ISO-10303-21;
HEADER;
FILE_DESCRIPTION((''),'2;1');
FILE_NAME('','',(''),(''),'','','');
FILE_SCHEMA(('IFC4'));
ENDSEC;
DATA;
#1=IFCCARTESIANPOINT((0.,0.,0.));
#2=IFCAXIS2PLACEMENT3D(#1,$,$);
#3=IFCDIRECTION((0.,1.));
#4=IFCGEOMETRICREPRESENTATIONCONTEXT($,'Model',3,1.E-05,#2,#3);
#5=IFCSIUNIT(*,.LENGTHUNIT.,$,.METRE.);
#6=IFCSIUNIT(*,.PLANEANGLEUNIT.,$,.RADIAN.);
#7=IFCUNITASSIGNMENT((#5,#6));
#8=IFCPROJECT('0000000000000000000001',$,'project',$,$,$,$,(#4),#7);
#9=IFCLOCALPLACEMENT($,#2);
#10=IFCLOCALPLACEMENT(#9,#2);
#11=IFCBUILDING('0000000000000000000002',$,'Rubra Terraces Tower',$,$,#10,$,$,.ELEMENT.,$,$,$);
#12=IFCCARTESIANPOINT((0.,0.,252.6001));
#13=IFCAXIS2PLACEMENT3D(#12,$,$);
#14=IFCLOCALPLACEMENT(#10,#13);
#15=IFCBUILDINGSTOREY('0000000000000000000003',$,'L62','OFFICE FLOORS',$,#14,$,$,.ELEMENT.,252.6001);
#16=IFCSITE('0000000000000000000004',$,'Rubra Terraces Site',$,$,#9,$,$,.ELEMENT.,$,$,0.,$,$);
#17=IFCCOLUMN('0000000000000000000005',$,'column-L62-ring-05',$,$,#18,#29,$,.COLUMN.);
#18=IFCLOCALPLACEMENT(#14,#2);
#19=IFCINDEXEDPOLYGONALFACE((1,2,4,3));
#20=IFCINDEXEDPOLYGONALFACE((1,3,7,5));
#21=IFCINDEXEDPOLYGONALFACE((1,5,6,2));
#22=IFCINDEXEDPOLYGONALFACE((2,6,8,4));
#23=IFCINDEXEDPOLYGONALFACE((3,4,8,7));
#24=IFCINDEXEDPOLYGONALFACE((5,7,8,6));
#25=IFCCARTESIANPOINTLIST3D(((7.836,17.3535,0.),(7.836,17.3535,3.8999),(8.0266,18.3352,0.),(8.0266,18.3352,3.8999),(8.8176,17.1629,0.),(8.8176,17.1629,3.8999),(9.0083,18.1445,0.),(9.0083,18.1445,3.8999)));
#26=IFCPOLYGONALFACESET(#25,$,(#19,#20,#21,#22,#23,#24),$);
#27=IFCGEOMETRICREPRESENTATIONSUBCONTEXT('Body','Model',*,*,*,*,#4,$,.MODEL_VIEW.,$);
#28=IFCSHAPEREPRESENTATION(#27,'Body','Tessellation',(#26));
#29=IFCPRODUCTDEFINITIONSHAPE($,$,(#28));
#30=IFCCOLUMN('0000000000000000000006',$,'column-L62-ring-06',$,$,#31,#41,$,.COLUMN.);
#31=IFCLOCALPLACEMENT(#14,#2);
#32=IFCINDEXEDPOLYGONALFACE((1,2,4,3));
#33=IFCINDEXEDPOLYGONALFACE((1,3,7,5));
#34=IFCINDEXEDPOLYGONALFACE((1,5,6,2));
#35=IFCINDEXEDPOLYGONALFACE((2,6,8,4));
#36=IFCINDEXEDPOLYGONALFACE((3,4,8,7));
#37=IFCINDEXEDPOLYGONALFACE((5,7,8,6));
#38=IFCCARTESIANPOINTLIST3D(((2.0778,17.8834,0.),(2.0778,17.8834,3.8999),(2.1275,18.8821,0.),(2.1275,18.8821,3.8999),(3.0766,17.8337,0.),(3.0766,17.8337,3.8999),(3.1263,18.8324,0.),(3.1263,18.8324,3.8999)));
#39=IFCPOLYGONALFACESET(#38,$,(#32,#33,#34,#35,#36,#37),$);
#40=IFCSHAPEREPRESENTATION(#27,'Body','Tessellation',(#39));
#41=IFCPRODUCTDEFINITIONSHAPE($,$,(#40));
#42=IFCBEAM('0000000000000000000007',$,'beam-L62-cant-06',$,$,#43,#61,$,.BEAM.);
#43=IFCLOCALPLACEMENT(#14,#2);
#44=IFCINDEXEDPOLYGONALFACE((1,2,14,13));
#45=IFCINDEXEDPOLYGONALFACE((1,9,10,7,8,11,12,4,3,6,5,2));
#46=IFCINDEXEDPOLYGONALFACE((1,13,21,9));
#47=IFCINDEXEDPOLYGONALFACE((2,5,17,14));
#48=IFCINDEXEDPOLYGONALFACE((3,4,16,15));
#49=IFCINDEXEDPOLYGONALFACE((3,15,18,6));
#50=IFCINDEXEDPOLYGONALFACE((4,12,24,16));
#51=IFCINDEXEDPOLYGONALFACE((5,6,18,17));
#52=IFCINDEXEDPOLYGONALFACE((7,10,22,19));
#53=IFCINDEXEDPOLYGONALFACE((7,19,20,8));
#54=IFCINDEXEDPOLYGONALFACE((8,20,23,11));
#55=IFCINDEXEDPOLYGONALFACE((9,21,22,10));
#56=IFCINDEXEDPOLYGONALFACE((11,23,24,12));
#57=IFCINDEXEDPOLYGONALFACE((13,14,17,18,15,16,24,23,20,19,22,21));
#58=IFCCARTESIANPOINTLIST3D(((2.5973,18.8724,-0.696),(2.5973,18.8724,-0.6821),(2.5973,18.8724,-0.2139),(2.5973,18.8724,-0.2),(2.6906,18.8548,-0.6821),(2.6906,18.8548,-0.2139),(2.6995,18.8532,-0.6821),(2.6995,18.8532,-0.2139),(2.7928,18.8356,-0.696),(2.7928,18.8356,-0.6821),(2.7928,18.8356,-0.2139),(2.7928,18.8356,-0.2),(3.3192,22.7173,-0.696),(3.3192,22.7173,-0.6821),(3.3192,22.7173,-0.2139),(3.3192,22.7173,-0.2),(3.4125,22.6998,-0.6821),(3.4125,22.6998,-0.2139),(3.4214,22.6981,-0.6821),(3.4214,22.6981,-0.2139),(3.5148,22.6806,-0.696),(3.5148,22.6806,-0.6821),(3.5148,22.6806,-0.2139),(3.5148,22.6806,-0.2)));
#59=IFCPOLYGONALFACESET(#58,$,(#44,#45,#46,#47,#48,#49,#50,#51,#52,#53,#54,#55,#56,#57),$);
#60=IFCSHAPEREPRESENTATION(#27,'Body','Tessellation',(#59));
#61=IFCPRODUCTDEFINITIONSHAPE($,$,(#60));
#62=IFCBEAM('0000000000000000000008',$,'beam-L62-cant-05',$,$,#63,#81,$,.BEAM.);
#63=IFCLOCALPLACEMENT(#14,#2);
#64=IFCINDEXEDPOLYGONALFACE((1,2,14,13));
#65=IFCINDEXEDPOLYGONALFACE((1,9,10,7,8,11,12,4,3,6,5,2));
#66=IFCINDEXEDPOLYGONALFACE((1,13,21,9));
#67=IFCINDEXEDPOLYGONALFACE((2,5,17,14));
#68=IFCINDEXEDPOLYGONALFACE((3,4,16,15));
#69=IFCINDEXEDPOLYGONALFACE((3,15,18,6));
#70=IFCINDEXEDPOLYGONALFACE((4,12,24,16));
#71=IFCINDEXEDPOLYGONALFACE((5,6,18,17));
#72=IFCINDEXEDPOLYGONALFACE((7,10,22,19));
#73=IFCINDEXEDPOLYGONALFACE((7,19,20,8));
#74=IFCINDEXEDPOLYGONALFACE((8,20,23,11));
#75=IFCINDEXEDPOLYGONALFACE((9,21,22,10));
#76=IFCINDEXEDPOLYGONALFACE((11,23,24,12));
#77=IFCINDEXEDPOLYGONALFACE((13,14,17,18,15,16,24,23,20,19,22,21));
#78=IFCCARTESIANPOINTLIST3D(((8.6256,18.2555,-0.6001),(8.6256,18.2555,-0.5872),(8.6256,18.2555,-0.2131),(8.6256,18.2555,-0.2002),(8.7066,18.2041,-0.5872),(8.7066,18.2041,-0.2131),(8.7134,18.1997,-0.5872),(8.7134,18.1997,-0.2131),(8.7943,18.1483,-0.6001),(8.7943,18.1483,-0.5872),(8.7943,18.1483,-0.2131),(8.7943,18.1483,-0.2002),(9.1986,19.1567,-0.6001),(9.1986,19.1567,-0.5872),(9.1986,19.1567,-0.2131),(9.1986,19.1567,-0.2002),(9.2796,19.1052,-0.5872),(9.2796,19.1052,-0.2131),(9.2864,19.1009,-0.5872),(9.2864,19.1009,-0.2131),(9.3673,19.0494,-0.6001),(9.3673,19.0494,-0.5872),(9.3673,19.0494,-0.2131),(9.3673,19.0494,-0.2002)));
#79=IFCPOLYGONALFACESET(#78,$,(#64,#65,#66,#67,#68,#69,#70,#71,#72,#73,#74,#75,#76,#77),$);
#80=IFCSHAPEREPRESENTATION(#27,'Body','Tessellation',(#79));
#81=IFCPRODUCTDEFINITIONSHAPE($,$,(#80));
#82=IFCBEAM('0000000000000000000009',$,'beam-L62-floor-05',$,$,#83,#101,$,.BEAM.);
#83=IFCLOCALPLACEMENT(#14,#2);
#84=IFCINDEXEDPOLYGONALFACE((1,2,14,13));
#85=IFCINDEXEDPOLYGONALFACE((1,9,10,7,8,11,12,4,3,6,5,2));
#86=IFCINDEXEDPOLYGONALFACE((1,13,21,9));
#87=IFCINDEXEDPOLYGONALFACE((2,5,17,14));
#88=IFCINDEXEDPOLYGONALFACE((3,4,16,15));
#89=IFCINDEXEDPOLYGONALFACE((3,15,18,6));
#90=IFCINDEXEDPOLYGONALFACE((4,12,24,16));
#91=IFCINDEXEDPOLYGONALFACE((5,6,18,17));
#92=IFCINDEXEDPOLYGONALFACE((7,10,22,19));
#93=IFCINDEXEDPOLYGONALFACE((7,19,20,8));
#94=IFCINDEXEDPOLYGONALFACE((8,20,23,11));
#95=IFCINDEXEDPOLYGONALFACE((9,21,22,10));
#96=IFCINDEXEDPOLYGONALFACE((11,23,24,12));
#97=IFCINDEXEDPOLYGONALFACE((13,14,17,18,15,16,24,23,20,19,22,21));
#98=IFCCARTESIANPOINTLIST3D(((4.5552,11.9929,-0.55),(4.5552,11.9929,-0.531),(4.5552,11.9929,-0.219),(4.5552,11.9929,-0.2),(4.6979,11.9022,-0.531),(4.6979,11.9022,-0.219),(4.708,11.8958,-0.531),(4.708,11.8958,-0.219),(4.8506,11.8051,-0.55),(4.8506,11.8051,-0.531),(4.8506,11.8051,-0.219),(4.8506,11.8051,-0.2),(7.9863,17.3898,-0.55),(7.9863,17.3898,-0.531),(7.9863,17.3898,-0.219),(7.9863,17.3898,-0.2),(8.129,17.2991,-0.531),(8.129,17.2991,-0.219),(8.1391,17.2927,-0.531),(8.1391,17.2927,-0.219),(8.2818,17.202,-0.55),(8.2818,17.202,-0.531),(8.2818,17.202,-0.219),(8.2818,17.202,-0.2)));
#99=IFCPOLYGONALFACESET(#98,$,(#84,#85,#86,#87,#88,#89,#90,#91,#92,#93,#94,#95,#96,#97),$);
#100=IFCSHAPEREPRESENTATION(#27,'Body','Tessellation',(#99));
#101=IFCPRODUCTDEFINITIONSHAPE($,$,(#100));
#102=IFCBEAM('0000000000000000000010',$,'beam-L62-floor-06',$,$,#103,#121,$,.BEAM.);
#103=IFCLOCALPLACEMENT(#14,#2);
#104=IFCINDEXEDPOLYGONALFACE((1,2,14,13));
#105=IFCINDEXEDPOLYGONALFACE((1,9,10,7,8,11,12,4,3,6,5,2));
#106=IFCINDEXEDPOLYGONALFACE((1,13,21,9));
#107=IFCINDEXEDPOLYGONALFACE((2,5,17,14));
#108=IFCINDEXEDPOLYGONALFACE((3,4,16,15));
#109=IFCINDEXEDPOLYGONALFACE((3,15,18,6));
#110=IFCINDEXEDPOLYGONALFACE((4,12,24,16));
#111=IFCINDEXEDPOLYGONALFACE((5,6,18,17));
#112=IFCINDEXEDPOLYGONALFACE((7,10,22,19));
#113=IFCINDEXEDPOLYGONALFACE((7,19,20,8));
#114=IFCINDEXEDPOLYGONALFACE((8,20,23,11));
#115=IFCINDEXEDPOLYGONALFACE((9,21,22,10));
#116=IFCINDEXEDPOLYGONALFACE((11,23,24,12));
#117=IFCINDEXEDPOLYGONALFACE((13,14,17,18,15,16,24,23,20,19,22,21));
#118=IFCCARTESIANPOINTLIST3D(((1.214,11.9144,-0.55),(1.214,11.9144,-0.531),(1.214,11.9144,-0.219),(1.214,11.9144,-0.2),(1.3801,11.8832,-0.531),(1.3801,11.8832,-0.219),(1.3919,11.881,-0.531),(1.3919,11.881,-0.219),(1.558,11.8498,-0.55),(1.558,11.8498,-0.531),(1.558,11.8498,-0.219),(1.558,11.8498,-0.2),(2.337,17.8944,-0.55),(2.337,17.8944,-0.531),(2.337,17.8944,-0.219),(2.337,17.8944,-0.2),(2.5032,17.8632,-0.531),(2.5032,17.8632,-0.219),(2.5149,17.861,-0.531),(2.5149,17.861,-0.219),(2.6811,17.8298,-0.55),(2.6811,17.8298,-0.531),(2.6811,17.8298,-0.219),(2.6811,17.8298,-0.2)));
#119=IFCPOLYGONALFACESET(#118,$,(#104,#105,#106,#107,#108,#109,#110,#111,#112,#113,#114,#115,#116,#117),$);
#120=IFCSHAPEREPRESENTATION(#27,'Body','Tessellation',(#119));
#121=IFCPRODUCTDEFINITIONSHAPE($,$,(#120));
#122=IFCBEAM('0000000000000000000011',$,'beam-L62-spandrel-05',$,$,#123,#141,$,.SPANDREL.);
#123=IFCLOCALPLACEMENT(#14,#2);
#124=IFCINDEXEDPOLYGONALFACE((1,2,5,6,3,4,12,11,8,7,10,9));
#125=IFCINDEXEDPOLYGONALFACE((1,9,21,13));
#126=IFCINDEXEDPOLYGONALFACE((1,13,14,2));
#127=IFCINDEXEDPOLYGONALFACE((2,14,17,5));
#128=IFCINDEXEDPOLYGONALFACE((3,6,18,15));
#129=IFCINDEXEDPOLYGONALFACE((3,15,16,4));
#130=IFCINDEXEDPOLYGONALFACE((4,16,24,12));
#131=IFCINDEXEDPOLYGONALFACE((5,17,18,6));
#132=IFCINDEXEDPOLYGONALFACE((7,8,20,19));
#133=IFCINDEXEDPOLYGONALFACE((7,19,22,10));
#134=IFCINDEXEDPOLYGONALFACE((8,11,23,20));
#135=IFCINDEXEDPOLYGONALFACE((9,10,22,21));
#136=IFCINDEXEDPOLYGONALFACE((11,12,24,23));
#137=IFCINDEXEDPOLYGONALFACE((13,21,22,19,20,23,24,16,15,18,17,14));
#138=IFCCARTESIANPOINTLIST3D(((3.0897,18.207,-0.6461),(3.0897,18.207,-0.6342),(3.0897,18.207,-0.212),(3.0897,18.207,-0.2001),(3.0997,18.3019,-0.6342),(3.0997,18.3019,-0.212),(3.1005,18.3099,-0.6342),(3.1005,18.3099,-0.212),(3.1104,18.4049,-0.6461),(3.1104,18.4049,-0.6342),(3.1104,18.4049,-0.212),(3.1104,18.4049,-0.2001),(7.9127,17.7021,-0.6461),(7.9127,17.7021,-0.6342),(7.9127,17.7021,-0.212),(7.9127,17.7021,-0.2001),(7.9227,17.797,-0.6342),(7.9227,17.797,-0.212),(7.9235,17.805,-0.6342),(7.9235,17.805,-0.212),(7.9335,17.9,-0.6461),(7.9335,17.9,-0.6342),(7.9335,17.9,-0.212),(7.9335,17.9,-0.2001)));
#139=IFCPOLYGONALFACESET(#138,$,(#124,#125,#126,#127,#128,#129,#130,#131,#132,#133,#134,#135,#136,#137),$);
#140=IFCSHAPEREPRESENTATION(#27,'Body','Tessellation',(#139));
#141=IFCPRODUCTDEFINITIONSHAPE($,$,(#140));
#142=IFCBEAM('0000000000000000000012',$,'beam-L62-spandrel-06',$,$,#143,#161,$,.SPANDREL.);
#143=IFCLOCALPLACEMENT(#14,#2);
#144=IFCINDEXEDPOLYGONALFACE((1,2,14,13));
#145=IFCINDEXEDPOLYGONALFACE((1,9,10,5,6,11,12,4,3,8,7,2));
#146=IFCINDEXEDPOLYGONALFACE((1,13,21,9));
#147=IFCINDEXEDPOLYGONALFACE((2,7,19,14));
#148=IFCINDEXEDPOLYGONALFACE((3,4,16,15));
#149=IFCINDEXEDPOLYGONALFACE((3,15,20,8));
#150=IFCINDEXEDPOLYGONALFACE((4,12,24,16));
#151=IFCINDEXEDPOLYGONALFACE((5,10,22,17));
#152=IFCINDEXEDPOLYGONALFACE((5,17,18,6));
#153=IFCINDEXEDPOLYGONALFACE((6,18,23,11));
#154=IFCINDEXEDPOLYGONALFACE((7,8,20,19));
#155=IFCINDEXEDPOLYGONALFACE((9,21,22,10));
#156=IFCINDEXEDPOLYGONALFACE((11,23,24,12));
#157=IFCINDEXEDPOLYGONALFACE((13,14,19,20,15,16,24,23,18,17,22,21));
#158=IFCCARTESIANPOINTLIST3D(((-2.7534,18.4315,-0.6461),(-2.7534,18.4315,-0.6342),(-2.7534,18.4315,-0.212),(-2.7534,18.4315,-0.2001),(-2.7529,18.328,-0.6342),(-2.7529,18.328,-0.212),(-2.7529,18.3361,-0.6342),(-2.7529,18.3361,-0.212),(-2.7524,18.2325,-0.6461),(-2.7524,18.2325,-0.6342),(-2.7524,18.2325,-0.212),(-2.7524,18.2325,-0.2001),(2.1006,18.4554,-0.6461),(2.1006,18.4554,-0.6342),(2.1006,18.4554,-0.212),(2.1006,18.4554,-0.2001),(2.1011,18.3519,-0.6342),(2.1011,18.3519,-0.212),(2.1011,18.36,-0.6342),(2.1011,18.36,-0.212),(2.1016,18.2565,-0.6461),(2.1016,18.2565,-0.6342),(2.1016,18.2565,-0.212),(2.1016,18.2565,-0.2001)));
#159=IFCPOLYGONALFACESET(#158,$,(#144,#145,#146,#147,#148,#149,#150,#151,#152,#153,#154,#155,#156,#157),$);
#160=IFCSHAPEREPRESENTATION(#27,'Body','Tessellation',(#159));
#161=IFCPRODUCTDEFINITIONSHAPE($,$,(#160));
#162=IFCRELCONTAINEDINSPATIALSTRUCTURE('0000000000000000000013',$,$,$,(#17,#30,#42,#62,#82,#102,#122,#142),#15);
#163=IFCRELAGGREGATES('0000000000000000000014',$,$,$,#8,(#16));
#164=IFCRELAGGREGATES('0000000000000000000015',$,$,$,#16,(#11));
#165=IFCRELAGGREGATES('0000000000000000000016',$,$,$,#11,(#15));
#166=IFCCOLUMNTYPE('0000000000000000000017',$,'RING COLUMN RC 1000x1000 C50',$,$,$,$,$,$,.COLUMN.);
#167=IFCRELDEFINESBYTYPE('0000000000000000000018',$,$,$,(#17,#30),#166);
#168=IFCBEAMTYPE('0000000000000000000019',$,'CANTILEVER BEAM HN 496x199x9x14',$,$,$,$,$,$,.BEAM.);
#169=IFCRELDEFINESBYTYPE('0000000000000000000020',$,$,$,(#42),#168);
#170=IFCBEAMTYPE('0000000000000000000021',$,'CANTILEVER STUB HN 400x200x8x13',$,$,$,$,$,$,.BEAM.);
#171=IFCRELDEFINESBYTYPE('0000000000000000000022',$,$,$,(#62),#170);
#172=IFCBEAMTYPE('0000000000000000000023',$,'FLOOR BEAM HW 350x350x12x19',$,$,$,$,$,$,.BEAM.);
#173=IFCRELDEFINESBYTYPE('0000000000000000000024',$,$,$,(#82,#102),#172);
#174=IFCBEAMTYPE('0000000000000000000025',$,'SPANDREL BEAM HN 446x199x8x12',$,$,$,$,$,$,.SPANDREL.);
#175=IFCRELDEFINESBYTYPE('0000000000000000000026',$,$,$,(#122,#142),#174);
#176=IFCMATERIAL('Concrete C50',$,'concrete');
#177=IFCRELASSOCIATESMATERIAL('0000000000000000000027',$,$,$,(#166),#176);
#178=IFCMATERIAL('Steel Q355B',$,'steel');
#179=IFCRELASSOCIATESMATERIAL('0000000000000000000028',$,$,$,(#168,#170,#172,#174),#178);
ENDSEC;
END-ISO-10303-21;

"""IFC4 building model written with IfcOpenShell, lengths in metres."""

from ifc_helpers import new_model, si_unit, direction, frame, origin, origin_2d, place, context, subcontext, project, spatial, rectangle, i_section, extrude, material, material_profile, profile_set, type_object, element, save


model = new_model("IFC4")

# Units and contexts
model_context = context("Model", 3, precision=1e-05, world=origin(), true_north=direction((0.0, 1.0)))
body_context = subcontext(model_context, "Body", "Model", "MODEL_VIEW")
ifc_project = project(units=[si_unit("LENGTHUNIT", "METRE"), si_unit("PLANEANGLEUNIT", "RADIAN")], contexts=[model_context])

# Site, building, storey
site_placement = place(None, origin())
site = spatial("IfcSite", under=ifc_project, at=site_placement, Name="Rubra Terraces Site", CompositionType="ELEMENT", RefElevation=0.0)
building_placement = place(site_placement, origin())
building = spatial("IfcBuilding", under=site, at=building_placement, Name="Rubra Terraces Tower", CompositionType="ELEMENT")
storey_placement = place(building_placement, frame((0.0, 0.0, 252.6001)))
storey = spatial("IfcBuildingStorey", under=building, at=storey_placement, Name="L62", Description="OFFICE FLOORS", CompositionType="ELEMENT", Elevation=252.6001)

# Columns
ifc_material_1 = material(Name="Concrete C50", Category="concrete")
ifc_material_profile_1 = material_profile(ifc_material_1, rectangle(XDim=1.0, YDim=1.0, at=origin_2d()), Name="RC 1000x1000")
ifc_profile_set_1 = profile_set([ifc_material_profile_1], Name="Concrete C50")
column_type = type_object("IfcColumnType", Name="RING COLUMN RC 1000x1000 C50", PredefinedType="COLUMN", material=ifc_profile_set_1)
for number, where, z_axis, x_axis, name in (
    (1, (8.4221, 17.749, 0.0), (0.0, 0.0, 1.0), (-0.981655, 0.190668, 0.0), "column-L62-ring-05"),
    (2, (2.6021, 18.3579, 0.0), (0.0, 0.0, 1.0), (-0.998764, 0.049699, 0.0), "column-L62-ring-06"),
):
    element("IfcColumn", number, at=place(storey_placement, frame(where, z_axis=z_axis, x_axis=x_axis)), inside=storey, type_object=column_type, Name=name, PredefinedType="COLUMN", context=body_context, shape_type="SweptSolid", body=[
        extrude(rectangle(XDim=1.0, YDim=1.0, at=origin_2d()), origin(), (0.0, 0.0, 1.0), 3.8999),
    ])

# Beams
ifc_material_2 = material(Name="Steel Q355B", Category="steel")
ifc_material_profile_2 = material_profile(ifc_material_2, i_section(OverallWidth=0.199, OverallDepth=0.4961, WebThickness=0.009, FlangeThickness=0.0139, at=origin_2d()), Name="HN 496x199x9x14")
ifc_profile_set_2 = profile_set([ifc_material_profile_2], Name="Steel Q355B")
beam_type_1 = type_object("IfcBeamType", Name="CANTILEVER BEAM HN 496x199x9x14", PredefinedType="BEAM", material=ifc_profile_set_2)
beam_1_placement = place(storey_placement, frame((2.6951, 18.854, -0.448), z_axis=(0.184533, 0.982826, 0.0), x_axis=(-0.982826, 0.184533, 0.0)))
element("IfcBeam", 3, at=beam_1_placement, inside=storey, type_object=beam_type_1, Name="beam-L62-cant-06", PredefinedType="BEAM", context=body_context, shape_type="SweptSolid", body=[
    extrude(i_section(OverallWidth=0.199, OverallDepth=0.4961, WebThickness=0.009, FlangeThickness=0.0139, at=origin_2d()), origin(), (0.0, 0.0, 1.0), 3.9121),
])
ifc_material_profile_3 = material_profile(ifc_material_2, i_section(OverallWidth=0.2, OverallDepth=0.3999, WebThickness=0.0081, FlangeThickness=0.0129, at=origin_2d()), Name="HN 400x200x8x13")
ifc_profile_set_3 = profile_set([ifc_material_profile_3], Name="Steel Q355B")
beam_type_2 = type_object("IfcBeamType", Name="CANTILEVER STUB HN 400x200x8x13", PredefinedType="BEAM", material=ifc_profile_set_3)
beam_2_placement = place(storey_placement, frame((8.71, 18.2019, -0.4001), z_axis=(0.53658, 0.84385, 0.0), x_axis=(-0.84385, 0.53658, 0.0)))
element("IfcBeam", 4, at=beam_2_placement, inside=storey, type_object=beam_type_2, Name="beam-L62-cant-05", PredefinedType="BEAM", context=body_context, shape_type="SweptSolid", body=[
    extrude(i_section(OverallWidth=0.2, OverallDepth=0.3999, WebThickness=0.0081, FlangeThickness=0.0129, at=origin_2d()), origin(), (0.0, 0.0, 1.0), 1.0679),
])
ifc_material_profile_4 = material_profile(ifc_material_2, i_section(OverallWidth=0.3501, OverallDepth=0.3501, WebThickness=0.012, FlangeThickness=0.019, at=origin_2d()), Name="HW 350x350x12x19")
ifc_profile_set_4 = profile_set([ifc_material_profile_4], Name="Steel Q355B")
beam_type_3 = type_object("IfcBeamType", Name="FLOOR BEAM HW 350x350x12x19", PredefinedType="BEAM", material=ifc_profile_set_4)
beam_3_placement = place(storey_placement, frame((8.134, 17.2959, -0.375), z_axis=(-0.53651, -0.843894, 0.0), x_axis=(0.843894, -0.53651, 0.0)))
element("IfcBeam", 5, at=beam_3_placement, inside=storey, type_object=beam_type_3, Name="beam-L62-floor-05", PredefinedType="BEAM", context=body_context, shape_type="SweptSolid", body=[
    extrude(i_section(OverallWidth=0.3501, OverallDepth=0.3501, WebThickness=0.012, FlangeThickness=0.019, at=origin_2d()), origin(), (0.0, 0.0, 1.0), 6.3953),
])
beam_4_placement = place(storey_placement, frame((2.509, 17.8621, -0.375), z_axis=(-0.184574, -0.982819, 0.0), x_axis=(0.982819, -0.184574, 0.0)))
element("IfcBeam", 6, at=beam_4_placement, inside=storey, type_object=beam_type_3, Name="beam-L62-floor-06", PredefinedType="BEAM", context=body_context, shape_type="SweptSolid", body=[
    extrude(i_section(OverallWidth=0.3501, OverallDepth=0.3501, WebThickness=0.012, FlangeThickness=0.019, at=origin_2d()), origin(), (0.0, 0.0, 1.0), 6.0845),
])
ifc_material_profile_5 = material_profile(ifc_material_2, i_section(OverallWidth=0.199, OverallDepth=0.446, WebThickness=0.0081, FlangeThickness=0.012, at=origin_2d()), Name="HN 446x199x8x12")
ifc_profile_set_5 = profile_set([ifc_material_profile_5], Name="Steel Q355B")
beam_type_4 = type_object("IfcBeamType", Name="SPANDREL BEAM HN 446x199x8x12", PredefinedType="SPANDREL", material=ifc_profile_set_5)
beam_5_placement = place(storey_placement, frame((7.9231, 17.801, -0.4231), z_axis=(-0.994565, 0.104113, 0.0), x_axis=(-0.104113, -0.994565, 0.0)))
element("IfcBeam", 7, at=beam_5_placement, inside=storey, type_object=beam_type_4, Name="beam-L62-spandrel-05", PredefinedType="SPANDREL", context=body_context, shape_type="SweptSolid", body=[
    extrude(i_section(OverallWidth=0.199, OverallDepth=0.446, WebThickness=0.0081, FlangeThickness=0.012, at=origin_2d()), origin(), (0.0, 0.0, 1.0), 4.8494),
])
beam_6_placement = place(storey_placement, frame((2.1011, 18.356, -0.4231), z_axis=(-0.999988, -0.004929, 0.0), x_axis=(0.004929, -0.999988, 0.0)))
element("IfcBeam", 8, at=beam_6_placement, inside=storey, type_object=beam_type_4, Name="beam-L62-spandrel-06", PredefinedType="SPANDREL", context=body_context, shape_type="SweptSolid", body=[
    extrude(i_section(OverallWidth=0.199, OverallDepth=0.446, WebThickness=0.0081, FlangeThickness=0.012, at=origin_2d()), origin(), (0.0, 0.0, 1.0), 4.854),
])

save(model, "model.ifc")
